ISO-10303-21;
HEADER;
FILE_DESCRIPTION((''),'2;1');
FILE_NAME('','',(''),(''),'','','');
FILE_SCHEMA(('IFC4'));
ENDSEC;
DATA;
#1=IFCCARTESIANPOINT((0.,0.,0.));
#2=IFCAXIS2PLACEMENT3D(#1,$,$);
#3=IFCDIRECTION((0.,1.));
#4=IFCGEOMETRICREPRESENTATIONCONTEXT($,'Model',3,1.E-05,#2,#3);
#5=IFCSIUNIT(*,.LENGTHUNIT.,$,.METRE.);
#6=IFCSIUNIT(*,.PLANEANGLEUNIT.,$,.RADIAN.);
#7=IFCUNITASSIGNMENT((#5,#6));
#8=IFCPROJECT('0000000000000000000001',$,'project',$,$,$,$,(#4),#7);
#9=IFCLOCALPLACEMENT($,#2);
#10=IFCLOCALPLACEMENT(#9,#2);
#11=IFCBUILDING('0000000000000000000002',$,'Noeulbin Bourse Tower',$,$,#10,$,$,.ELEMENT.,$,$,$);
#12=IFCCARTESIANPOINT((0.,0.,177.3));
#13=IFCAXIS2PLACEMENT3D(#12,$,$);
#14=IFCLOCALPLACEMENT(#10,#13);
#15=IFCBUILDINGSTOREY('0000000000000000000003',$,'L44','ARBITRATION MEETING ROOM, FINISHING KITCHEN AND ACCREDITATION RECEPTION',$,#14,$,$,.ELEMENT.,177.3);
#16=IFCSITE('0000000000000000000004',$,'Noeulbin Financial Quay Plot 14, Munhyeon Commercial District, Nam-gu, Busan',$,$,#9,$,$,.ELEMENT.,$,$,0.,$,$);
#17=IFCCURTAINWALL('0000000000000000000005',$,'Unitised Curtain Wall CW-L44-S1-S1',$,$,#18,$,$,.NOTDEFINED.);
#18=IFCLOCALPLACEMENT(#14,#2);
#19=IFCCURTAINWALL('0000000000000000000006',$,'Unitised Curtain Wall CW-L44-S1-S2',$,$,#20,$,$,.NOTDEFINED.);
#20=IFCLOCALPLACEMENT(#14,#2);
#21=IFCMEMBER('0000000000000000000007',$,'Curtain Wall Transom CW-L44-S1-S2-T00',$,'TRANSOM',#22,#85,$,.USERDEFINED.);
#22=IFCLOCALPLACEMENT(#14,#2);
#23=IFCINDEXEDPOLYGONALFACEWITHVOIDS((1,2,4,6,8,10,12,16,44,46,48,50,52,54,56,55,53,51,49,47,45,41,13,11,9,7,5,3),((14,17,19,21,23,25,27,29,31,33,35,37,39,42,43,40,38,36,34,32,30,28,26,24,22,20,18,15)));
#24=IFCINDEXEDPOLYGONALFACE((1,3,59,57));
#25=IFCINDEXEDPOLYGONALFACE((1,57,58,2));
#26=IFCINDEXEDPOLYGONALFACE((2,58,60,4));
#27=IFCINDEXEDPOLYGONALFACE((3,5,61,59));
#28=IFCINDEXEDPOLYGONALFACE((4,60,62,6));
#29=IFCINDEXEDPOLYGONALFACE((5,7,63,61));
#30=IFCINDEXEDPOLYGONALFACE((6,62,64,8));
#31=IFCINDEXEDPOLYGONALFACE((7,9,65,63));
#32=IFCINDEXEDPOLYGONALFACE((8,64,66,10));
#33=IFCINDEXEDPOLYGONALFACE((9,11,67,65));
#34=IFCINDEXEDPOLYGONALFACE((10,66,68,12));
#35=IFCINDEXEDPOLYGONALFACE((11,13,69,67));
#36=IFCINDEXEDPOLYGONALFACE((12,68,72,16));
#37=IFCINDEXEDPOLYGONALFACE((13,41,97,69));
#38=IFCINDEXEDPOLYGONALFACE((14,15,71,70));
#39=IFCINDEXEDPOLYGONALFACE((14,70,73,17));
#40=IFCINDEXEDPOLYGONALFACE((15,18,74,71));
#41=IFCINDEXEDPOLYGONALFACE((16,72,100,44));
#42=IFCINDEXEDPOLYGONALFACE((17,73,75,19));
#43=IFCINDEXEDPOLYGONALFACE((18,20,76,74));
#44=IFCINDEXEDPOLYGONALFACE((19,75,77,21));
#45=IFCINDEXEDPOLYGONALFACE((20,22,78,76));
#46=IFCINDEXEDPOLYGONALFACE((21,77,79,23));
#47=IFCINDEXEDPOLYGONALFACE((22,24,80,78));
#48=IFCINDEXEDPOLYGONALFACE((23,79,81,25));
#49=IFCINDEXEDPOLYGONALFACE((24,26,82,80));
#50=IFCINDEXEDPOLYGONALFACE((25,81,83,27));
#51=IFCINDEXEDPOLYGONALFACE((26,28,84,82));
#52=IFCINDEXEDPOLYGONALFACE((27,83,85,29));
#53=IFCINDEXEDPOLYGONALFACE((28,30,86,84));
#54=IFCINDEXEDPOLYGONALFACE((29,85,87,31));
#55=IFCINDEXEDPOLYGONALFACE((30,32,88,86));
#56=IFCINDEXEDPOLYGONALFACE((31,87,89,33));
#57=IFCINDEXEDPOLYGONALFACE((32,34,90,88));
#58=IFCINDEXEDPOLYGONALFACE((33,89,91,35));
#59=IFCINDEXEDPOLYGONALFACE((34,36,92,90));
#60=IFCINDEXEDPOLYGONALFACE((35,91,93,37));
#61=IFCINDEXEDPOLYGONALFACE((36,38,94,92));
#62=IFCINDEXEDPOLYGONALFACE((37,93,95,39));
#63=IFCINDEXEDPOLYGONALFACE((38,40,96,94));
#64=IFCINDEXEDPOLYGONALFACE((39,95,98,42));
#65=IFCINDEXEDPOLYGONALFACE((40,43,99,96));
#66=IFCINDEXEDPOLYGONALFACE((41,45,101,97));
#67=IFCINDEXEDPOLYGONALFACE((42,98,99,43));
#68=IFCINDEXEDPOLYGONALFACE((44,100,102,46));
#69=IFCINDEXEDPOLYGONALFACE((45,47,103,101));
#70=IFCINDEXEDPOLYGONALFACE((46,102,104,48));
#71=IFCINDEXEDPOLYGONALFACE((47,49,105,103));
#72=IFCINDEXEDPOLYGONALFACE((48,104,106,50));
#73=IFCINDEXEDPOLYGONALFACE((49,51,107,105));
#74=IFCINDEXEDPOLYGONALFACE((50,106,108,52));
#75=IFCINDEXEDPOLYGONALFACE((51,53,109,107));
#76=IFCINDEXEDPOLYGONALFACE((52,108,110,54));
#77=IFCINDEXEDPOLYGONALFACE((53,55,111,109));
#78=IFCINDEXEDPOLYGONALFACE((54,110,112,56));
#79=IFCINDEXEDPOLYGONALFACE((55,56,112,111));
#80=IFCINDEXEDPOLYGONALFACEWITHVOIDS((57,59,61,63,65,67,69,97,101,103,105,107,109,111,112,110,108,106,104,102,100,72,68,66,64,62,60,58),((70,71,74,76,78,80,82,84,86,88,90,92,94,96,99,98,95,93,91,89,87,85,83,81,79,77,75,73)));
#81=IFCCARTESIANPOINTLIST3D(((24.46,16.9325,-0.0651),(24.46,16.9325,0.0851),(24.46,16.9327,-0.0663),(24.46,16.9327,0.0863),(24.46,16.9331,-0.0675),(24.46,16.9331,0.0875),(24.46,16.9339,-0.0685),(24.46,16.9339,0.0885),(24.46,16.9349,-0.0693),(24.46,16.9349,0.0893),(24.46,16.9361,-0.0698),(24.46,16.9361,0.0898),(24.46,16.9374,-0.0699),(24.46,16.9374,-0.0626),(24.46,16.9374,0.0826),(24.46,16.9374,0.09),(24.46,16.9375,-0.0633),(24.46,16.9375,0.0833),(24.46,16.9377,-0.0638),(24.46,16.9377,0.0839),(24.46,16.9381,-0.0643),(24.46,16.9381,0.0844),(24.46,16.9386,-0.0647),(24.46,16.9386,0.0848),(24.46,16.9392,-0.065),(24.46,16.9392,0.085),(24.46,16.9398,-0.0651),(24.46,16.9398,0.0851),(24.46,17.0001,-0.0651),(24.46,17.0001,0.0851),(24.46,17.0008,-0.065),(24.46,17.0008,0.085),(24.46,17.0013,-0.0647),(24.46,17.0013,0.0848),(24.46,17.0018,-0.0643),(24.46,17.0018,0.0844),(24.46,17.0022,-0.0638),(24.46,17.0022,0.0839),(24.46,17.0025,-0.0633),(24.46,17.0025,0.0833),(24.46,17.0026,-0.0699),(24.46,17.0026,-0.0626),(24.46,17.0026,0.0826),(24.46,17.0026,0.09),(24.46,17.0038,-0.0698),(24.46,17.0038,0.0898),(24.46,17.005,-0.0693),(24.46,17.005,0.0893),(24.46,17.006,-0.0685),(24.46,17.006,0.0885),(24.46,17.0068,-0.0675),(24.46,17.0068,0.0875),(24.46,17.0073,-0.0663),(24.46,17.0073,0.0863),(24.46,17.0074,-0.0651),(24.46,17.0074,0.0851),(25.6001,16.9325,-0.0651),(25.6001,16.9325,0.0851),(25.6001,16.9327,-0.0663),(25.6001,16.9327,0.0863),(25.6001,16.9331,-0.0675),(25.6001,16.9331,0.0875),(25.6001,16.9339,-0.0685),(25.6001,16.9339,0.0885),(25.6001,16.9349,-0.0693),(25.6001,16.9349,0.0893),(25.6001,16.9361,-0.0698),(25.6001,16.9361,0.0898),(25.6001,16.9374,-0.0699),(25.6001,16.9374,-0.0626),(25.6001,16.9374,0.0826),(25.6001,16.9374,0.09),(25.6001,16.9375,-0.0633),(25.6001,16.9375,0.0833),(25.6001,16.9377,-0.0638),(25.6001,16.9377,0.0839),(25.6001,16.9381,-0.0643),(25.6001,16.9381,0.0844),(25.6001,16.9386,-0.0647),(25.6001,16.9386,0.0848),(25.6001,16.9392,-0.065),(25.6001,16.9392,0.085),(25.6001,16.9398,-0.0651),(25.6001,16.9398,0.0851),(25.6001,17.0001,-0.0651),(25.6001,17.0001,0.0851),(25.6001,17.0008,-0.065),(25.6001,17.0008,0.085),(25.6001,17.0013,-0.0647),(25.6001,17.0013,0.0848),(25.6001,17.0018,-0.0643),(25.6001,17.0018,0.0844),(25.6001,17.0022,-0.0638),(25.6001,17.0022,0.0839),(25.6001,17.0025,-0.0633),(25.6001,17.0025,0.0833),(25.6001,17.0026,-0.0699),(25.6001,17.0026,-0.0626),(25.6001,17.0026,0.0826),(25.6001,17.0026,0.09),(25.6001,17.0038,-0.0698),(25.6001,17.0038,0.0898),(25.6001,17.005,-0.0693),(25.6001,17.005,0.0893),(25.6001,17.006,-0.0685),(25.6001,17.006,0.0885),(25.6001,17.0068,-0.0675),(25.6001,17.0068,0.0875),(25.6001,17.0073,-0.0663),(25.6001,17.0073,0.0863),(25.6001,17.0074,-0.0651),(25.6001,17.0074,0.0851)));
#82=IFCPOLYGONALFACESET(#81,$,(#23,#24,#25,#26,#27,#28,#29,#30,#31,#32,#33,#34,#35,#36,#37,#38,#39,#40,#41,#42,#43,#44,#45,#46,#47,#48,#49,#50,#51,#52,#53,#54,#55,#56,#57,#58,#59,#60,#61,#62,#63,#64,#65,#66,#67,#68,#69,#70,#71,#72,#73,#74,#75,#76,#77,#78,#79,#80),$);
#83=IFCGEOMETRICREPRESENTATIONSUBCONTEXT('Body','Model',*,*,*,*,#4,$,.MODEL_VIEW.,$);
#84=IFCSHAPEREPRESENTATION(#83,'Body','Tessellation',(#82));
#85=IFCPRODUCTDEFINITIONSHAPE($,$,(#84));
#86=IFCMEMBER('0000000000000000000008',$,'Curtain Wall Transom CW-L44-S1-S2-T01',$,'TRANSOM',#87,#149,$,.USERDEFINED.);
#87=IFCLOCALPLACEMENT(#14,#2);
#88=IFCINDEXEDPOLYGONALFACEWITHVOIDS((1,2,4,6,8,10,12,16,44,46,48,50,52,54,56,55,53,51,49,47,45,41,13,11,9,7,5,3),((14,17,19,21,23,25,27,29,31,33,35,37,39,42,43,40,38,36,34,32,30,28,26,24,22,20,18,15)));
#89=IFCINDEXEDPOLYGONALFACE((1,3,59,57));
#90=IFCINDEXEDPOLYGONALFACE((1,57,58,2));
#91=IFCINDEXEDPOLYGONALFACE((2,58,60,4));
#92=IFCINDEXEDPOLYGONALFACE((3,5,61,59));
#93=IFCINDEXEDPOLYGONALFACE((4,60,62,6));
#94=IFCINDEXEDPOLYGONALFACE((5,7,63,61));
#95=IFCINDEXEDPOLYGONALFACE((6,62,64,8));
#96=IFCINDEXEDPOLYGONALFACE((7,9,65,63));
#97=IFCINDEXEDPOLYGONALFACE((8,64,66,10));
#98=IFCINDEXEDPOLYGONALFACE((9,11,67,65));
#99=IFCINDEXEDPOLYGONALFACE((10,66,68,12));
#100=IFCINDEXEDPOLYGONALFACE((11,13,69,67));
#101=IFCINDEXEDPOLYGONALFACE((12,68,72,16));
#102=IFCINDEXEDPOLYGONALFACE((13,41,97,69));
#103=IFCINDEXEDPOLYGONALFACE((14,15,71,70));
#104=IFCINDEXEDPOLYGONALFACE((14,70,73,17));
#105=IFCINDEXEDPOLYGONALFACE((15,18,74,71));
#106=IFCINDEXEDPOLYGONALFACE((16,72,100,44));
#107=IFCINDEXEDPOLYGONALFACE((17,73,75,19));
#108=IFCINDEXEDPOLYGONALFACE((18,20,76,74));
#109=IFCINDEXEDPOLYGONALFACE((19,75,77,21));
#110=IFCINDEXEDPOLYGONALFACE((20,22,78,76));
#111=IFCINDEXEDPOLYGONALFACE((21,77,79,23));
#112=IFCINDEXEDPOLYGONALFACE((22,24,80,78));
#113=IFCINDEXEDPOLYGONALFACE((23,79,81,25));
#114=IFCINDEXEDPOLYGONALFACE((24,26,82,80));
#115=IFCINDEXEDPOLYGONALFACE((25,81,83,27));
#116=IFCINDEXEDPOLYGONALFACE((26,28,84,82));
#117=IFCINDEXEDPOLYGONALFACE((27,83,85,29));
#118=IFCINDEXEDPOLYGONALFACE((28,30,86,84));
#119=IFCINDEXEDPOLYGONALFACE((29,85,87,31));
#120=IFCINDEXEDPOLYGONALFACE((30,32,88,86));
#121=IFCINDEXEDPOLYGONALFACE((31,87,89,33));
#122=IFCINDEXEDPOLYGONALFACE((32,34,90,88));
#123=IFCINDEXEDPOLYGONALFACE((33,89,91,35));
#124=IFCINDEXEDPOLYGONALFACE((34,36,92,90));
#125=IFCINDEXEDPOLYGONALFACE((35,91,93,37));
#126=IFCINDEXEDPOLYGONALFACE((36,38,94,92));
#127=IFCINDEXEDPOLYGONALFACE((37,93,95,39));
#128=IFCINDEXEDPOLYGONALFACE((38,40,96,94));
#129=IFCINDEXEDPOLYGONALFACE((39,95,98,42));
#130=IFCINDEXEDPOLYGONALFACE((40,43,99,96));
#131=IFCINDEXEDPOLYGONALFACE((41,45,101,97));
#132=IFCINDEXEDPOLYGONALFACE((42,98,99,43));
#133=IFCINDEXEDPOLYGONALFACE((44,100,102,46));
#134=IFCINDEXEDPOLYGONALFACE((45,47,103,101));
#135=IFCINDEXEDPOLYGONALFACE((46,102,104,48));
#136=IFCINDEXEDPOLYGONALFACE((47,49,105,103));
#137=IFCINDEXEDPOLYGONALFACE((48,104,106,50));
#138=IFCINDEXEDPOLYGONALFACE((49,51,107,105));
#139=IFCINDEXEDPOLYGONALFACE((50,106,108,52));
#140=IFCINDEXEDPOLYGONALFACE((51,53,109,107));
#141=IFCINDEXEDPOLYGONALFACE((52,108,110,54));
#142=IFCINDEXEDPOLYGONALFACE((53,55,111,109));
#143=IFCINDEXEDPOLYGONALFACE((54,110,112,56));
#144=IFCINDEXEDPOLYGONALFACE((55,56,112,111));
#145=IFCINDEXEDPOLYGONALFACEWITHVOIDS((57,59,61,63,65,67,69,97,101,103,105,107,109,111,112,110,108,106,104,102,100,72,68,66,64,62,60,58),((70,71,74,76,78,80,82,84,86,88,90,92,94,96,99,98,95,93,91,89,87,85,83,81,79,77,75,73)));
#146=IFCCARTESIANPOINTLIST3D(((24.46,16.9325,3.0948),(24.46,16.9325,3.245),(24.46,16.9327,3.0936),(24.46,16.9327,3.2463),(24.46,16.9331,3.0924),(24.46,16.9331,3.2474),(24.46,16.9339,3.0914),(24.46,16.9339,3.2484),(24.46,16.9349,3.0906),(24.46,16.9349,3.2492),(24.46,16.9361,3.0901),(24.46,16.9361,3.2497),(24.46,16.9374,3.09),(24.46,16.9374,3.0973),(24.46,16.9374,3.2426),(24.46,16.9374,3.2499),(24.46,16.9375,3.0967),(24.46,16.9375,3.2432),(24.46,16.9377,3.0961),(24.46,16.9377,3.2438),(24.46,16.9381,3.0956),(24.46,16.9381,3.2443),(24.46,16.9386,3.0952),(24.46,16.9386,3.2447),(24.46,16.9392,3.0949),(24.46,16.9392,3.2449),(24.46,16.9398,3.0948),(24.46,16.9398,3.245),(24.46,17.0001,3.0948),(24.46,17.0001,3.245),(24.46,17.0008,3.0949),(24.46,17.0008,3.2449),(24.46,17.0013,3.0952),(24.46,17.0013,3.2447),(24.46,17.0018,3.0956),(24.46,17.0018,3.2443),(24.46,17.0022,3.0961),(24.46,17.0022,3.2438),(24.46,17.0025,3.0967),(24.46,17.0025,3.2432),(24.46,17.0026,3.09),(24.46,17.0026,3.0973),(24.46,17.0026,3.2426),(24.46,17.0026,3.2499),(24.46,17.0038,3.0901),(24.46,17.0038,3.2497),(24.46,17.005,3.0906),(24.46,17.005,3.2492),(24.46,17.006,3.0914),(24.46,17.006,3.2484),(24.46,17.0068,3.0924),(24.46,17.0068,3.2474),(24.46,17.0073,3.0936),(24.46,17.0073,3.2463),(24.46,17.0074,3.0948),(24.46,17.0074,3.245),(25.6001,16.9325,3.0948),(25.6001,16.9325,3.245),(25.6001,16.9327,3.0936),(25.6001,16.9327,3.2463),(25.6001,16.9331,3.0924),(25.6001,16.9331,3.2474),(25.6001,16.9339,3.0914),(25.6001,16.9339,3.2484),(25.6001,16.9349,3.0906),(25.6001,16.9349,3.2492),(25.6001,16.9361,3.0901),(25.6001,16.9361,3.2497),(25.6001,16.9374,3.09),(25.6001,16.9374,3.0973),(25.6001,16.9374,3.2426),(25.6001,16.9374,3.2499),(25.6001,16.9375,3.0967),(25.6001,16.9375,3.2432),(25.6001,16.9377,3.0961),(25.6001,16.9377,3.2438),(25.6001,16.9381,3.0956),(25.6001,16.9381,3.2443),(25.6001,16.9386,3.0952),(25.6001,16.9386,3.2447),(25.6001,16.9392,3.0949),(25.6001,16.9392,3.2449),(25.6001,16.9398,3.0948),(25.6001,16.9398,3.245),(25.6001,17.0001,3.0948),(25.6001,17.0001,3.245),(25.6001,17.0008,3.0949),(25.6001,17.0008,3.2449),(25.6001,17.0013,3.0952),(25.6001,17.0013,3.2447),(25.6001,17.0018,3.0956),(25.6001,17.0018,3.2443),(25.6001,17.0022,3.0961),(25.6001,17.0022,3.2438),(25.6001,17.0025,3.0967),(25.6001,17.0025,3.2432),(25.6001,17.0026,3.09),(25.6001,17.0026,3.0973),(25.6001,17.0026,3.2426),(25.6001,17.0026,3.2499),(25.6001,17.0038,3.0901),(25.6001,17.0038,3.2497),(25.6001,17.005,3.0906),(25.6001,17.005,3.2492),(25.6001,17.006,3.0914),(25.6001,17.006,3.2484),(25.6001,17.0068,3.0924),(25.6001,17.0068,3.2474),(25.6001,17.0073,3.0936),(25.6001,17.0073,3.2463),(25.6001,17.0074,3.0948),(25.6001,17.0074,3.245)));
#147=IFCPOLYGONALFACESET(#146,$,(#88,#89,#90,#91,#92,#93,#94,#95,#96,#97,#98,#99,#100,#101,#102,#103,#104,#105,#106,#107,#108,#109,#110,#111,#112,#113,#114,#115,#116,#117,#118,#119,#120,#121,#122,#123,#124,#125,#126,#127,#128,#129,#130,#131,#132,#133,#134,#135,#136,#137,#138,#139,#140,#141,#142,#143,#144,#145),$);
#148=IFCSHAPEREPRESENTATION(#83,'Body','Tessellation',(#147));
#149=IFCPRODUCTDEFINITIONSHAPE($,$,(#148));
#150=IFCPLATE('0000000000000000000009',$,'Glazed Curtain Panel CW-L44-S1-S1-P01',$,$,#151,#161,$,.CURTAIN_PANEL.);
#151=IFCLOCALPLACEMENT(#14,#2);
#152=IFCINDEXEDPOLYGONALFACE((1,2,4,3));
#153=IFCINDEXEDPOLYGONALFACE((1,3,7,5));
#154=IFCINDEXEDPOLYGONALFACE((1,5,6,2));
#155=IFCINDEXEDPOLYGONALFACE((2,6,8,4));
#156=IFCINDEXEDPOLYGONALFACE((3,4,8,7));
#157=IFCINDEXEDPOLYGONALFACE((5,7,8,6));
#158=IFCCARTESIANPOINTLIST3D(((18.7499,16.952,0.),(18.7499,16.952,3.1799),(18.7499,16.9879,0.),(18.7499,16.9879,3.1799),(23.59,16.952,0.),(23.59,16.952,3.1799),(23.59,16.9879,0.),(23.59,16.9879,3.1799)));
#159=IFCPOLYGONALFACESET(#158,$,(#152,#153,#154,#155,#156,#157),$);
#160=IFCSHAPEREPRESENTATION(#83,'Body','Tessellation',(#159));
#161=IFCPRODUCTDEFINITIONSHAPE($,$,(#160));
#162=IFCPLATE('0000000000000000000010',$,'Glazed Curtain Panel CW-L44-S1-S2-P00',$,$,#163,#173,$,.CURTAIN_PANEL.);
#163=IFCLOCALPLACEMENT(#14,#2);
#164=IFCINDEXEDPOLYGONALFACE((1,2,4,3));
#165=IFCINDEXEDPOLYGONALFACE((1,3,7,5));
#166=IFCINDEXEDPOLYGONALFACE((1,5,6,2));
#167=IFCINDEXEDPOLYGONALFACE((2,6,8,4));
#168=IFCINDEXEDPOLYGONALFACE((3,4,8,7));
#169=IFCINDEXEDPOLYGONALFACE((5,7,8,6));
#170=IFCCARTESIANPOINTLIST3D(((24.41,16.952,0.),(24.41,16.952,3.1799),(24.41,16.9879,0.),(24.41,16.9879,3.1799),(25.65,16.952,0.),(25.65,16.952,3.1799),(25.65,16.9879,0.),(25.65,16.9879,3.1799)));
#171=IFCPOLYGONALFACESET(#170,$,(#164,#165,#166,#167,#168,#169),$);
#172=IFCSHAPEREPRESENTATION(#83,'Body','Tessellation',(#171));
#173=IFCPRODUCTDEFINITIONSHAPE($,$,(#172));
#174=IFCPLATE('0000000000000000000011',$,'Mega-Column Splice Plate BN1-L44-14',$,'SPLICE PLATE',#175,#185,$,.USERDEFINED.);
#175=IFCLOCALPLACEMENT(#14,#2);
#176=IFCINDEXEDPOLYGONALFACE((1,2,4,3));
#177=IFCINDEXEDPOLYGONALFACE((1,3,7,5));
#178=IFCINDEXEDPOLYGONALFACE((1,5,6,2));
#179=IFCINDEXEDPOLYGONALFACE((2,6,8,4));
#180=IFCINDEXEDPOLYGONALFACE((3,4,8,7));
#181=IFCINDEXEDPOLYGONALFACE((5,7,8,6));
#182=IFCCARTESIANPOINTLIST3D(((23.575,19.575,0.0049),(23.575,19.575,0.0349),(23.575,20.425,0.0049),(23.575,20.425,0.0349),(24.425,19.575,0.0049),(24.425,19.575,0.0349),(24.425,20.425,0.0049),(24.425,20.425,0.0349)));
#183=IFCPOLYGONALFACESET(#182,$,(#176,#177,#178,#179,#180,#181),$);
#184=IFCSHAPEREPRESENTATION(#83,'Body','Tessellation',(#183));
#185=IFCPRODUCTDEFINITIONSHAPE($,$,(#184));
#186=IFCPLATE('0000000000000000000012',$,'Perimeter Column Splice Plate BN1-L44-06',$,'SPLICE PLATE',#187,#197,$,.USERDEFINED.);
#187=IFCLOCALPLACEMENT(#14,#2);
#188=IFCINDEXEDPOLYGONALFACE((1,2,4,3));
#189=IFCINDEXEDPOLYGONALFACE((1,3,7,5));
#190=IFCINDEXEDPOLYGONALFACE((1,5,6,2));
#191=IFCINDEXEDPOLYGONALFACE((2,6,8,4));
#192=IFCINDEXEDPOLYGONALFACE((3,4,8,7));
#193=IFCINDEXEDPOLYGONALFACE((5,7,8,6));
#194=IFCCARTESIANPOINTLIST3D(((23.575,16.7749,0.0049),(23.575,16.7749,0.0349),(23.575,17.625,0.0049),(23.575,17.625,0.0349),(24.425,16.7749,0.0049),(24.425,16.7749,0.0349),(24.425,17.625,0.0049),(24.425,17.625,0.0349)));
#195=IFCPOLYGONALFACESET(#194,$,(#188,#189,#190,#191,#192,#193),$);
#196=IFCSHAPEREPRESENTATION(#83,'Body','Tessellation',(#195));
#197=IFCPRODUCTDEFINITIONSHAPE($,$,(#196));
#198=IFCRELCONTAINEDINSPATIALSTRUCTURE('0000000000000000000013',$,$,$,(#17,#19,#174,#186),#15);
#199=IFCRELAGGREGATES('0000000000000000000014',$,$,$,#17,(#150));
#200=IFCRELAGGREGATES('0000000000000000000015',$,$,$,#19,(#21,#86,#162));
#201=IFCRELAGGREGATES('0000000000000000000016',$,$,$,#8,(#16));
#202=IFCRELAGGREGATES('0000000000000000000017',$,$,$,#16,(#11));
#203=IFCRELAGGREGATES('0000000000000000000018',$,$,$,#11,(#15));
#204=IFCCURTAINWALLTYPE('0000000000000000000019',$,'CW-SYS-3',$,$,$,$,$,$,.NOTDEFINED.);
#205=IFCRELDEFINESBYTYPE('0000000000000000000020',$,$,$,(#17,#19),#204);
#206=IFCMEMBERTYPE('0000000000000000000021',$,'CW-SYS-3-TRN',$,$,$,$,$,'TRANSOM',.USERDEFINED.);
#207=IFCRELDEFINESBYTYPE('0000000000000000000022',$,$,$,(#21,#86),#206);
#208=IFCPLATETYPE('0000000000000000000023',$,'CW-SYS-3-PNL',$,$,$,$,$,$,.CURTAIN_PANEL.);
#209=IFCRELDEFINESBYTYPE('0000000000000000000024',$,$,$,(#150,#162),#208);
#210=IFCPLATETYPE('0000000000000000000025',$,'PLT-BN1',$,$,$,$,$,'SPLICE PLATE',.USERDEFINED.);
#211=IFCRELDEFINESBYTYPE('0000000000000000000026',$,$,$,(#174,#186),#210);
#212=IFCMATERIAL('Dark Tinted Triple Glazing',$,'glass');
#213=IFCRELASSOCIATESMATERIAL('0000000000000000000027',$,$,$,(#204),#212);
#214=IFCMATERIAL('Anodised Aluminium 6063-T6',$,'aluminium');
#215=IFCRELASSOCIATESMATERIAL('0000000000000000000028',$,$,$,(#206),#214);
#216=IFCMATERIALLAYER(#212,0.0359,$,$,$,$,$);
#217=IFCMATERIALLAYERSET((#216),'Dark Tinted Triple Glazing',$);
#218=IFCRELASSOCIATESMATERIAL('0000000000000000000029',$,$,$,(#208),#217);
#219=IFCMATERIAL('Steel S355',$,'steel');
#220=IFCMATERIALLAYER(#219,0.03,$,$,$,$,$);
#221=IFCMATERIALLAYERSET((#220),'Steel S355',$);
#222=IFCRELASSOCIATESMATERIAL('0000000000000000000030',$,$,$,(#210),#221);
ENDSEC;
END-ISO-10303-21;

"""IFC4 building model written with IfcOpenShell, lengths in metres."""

from ifc_helpers import new_model, si_unit, direction, frame, origin, origin_2d, place, context, subcontext, project, spatial, rectangle, hollow_rectangle, extrude, material, layer, layer_set, material_profile, profile_set, type_object, element, aggregate, save


model = new_model("IFC4")

# Units and contexts
model_context = context("Model", 3, precision=1e-05, world=origin(), true_north=direction((0.0, 1.0)))
body_context = subcontext(model_context, "Body", "Model", "MODEL_VIEW")
ifc_project = project(units=[si_unit("LENGTHUNIT", "METRE"), si_unit("PLANEANGLEUNIT", "RADIAN")], contexts=[model_context])

# Site, building, storey
site_placement = place(None, origin())
site = spatial("IfcSite", under=ifc_project, at=site_placement, Name="Noeulbin Financial Quay Plot 14, Munhyeon Commercial District, Nam-gu, Busan", CompositionType="ELEMENT", RefElevation=0.0)
building_placement = place(site_placement, origin())
building = spatial("IfcBuilding", under=site, at=building_placement, Name="Noeulbin Bourse Tower", CompositionType="ELEMENT")
storey_placement = place(building_placement, frame((0.0, 0.0, 177.3)))
storey = spatial("IfcBuildingStorey", under=building, at=storey_placement, Name="L44", Description="ARBITRATION MEETING ROOM, FINISHING KITCHEN AND ACCREDITATION RECEPTION", CompositionType="ELEMENT", Elevation=177.3)

# Shared definitions
ifc_material_1 = material(Name="Steel S355", Category="steel")

# Curtain wall
ifc_material_2 = material(Name="Dark Tinted Triple Glazing", Category="glass")
curtain_wall_type = type_object("IfcCurtainWallType", Name="CW-SYS-3", PredefinedType="NOTDEFINED", material=ifc_material_2)
curtain_wall_1_placement = place(storey_placement, origin())
curtain_wall_1 = element("IfcCurtainWall", 1, at=curtain_wall_1_placement, inside=storey, type_object=curtain_wall_type, Name="Unitised Curtain Wall CW-L44-S1-S1", PredefinedType="NOTDEFINED")
ifc_material_3 = material(Name="Anodised Aluminium 6063-T6", Category="aluminium")

# Curtain wall, members
curtain_wall_2_placement = place(storey_placement, origin())
curtain_wall_2 = element("IfcCurtainWall", 2, at=curtain_wall_2_placement, inside=storey, type_object=curtain_wall_type, Name="Unitised Curtain Wall CW-L44-S1-S2", PredefinedType="NOTDEFINED")
ifc_material_profile_1 = material_profile(ifc_material_3, hollow_rectangle(XDim=0.075, YDim=0.1599, WallThickness=0.0049, InnerFilletRadius=0.0024, OuterFilletRadius=0.0049, at=origin_2d()), Name="ALU-TRAN-75x160x5", Category="LoadBearing")
ifc_profile_set_1 = profile_set([ifc_material_profile_1], Name="Anodised Aluminium 6063-T6")
member_type_1 = type_object("IfcMemberType", Name="CW-SYS-3-TRN", ElementType="TRANSOM", PredefinedType="USERDEFINED", material=ifc_profile_set_1)
member_1_placement = place(storey_placement, frame((24.46, 16.97, 0.01), z_axis=(1.0, 0.0, 0.0), x_axis=(0.0, 1.0, 0.0)))
member_1 = element("IfcMember", 3, at=member_1_placement, type_object=member_type_1, Name="Curtain Wall Transom CW-L44-S1-S2-T00", ObjectType="TRANSOM", PredefinedType="USERDEFINED", context=body_context, shape_type="SweptSolid", body=[
    extrude(hollow_rectangle(XDim=0.075, YDim=0.1599, WallThickness=0.0049, InnerFilletRadius=0.0024, OuterFilletRadius=0.0049, at=origin_2d()), origin(), (0.0, 0.0, 1.0), 1.1401),
])
member_2_placement = place(storey_placement, frame((24.46, 16.97, 3.1699), z_axis=(1.0, 0.0, 0.0), x_axis=(0.0, 1.0, 0.0)))
member_2 = element("IfcMember", 4, at=member_2_placement, type_object=member_type_1, Name="Curtain Wall Transom CW-L44-S1-S2-T01", ObjectType="TRANSOM", PredefinedType="USERDEFINED", context=body_context, shape_type="SweptSolid", body=[
    extrude(hollow_rectangle(XDim=0.075, YDim=0.1599, WallThickness=0.0049, InnerFilletRadius=0.0024, OuterFilletRadius=0.0049, at=origin_2d()), origin(), (0.0, 0.0, 1.0), 1.1401),
])

# Plates
ifc_layer_1 = layer(ifc_material_2, 0.0359)
ifc_layer_set_1 = layer_set([ifc_layer_1], Name="Dark Tinted Triple Glazing")
plate_type_1 = type_object("IfcPlateType", Name="CW-SYS-3-PNL", PredefinedType="CURTAIN_PANEL", material=ifc_layer_set_1)
plate_1_placement = place(storey_placement, frame((21.1699, 16.97, 0.0), z_axis=(0.0, 0.0, 1.0), x_axis=(1.0, 0.0, 0.0)))
plate_1 = element("IfcPlate", 5, at=plate_1_placement, type_object=plate_type_1, Name="Glazed Curtain Panel CW-L44-S1-S1-P01", PredefinedType="CURTAIN_PANEL", context=body_context, shape_type="SweptSolid", body=[
    extrude(rectangle(XDim=4.8401, YDim=0.0359, at=origin_2d()), origin(), (0.0, 0.0, 1.0), 3.1799),
])
aggregate(curtain_wall_1, [plate_1])
plate_2_placement = place(storey_placement, frame((25.03, 16.97, 0.0), z_axis=(0.0, 0.0, 1.0), x_axis=(1.0, 0.0, 0.0)))
plate_2 = element("IfcPlate", 6, at=plate_2_placement, type_object=plate_type_1, Name="Glazed Curtain Panel CW-L44-S1-S2-P00", PredefinedType="CURTAIN_PANEL", context=body_context, shape_type="SweptSolid", body=[
    extrude(rectangle(XDim=1.24, YDim=0.0359, at=origin_2d()), origin(), (0.0, 0.0, 1.0), 3.1799),
])
aggregate(curtain_wall_2, [member_1, member_2, plate_2])

# Plates
ifc_layer_2 = layer(ifc_material_1, 0.03)
ifc_layer_set_2 = layer_set([ifc_layer_2], Name="Steel S355")
plate_type_2 = type_object("IfcPlateType", Name="PLT-BN1", ElementType="SPLICE PLATE", PredefinedType="USERDEFINED", material=ifc_layer_set_2)
for number, where, z_axis, x_axis, name in (
    (7, (24.0, 20.0, 0.0049), (0.0, 0.0, 1.0), (1.0, 0.0, 0.0), "Mega-Column Splice Plate BN1-L44-14"),
    (8, (24.0, 17.2, 0.0049), (0.0, 0.0, 1.0), (1.0, 0.0, 0.0), "Perimeter Column Splice Plate BN1-L44-06"),
):
    element("IfcPlate", number, at=place(storey_placement, frame(where, z_axis=z_axis, x_axis=x_axis)), inside=storey, type_object=plate_type_2, Name=name, ObjectType="SPLICE PLATE", PredefinedType="USERDEFINED", context=body_context, shape_type="SweptSolid", body=[
        extrude(rectangle(XDim=0.8501, YDim=0.8501, at=origin_2d()), origin(), (0.0, 0.0, 1.0), 0.03),
    ])

save(model, "model.ifc")
